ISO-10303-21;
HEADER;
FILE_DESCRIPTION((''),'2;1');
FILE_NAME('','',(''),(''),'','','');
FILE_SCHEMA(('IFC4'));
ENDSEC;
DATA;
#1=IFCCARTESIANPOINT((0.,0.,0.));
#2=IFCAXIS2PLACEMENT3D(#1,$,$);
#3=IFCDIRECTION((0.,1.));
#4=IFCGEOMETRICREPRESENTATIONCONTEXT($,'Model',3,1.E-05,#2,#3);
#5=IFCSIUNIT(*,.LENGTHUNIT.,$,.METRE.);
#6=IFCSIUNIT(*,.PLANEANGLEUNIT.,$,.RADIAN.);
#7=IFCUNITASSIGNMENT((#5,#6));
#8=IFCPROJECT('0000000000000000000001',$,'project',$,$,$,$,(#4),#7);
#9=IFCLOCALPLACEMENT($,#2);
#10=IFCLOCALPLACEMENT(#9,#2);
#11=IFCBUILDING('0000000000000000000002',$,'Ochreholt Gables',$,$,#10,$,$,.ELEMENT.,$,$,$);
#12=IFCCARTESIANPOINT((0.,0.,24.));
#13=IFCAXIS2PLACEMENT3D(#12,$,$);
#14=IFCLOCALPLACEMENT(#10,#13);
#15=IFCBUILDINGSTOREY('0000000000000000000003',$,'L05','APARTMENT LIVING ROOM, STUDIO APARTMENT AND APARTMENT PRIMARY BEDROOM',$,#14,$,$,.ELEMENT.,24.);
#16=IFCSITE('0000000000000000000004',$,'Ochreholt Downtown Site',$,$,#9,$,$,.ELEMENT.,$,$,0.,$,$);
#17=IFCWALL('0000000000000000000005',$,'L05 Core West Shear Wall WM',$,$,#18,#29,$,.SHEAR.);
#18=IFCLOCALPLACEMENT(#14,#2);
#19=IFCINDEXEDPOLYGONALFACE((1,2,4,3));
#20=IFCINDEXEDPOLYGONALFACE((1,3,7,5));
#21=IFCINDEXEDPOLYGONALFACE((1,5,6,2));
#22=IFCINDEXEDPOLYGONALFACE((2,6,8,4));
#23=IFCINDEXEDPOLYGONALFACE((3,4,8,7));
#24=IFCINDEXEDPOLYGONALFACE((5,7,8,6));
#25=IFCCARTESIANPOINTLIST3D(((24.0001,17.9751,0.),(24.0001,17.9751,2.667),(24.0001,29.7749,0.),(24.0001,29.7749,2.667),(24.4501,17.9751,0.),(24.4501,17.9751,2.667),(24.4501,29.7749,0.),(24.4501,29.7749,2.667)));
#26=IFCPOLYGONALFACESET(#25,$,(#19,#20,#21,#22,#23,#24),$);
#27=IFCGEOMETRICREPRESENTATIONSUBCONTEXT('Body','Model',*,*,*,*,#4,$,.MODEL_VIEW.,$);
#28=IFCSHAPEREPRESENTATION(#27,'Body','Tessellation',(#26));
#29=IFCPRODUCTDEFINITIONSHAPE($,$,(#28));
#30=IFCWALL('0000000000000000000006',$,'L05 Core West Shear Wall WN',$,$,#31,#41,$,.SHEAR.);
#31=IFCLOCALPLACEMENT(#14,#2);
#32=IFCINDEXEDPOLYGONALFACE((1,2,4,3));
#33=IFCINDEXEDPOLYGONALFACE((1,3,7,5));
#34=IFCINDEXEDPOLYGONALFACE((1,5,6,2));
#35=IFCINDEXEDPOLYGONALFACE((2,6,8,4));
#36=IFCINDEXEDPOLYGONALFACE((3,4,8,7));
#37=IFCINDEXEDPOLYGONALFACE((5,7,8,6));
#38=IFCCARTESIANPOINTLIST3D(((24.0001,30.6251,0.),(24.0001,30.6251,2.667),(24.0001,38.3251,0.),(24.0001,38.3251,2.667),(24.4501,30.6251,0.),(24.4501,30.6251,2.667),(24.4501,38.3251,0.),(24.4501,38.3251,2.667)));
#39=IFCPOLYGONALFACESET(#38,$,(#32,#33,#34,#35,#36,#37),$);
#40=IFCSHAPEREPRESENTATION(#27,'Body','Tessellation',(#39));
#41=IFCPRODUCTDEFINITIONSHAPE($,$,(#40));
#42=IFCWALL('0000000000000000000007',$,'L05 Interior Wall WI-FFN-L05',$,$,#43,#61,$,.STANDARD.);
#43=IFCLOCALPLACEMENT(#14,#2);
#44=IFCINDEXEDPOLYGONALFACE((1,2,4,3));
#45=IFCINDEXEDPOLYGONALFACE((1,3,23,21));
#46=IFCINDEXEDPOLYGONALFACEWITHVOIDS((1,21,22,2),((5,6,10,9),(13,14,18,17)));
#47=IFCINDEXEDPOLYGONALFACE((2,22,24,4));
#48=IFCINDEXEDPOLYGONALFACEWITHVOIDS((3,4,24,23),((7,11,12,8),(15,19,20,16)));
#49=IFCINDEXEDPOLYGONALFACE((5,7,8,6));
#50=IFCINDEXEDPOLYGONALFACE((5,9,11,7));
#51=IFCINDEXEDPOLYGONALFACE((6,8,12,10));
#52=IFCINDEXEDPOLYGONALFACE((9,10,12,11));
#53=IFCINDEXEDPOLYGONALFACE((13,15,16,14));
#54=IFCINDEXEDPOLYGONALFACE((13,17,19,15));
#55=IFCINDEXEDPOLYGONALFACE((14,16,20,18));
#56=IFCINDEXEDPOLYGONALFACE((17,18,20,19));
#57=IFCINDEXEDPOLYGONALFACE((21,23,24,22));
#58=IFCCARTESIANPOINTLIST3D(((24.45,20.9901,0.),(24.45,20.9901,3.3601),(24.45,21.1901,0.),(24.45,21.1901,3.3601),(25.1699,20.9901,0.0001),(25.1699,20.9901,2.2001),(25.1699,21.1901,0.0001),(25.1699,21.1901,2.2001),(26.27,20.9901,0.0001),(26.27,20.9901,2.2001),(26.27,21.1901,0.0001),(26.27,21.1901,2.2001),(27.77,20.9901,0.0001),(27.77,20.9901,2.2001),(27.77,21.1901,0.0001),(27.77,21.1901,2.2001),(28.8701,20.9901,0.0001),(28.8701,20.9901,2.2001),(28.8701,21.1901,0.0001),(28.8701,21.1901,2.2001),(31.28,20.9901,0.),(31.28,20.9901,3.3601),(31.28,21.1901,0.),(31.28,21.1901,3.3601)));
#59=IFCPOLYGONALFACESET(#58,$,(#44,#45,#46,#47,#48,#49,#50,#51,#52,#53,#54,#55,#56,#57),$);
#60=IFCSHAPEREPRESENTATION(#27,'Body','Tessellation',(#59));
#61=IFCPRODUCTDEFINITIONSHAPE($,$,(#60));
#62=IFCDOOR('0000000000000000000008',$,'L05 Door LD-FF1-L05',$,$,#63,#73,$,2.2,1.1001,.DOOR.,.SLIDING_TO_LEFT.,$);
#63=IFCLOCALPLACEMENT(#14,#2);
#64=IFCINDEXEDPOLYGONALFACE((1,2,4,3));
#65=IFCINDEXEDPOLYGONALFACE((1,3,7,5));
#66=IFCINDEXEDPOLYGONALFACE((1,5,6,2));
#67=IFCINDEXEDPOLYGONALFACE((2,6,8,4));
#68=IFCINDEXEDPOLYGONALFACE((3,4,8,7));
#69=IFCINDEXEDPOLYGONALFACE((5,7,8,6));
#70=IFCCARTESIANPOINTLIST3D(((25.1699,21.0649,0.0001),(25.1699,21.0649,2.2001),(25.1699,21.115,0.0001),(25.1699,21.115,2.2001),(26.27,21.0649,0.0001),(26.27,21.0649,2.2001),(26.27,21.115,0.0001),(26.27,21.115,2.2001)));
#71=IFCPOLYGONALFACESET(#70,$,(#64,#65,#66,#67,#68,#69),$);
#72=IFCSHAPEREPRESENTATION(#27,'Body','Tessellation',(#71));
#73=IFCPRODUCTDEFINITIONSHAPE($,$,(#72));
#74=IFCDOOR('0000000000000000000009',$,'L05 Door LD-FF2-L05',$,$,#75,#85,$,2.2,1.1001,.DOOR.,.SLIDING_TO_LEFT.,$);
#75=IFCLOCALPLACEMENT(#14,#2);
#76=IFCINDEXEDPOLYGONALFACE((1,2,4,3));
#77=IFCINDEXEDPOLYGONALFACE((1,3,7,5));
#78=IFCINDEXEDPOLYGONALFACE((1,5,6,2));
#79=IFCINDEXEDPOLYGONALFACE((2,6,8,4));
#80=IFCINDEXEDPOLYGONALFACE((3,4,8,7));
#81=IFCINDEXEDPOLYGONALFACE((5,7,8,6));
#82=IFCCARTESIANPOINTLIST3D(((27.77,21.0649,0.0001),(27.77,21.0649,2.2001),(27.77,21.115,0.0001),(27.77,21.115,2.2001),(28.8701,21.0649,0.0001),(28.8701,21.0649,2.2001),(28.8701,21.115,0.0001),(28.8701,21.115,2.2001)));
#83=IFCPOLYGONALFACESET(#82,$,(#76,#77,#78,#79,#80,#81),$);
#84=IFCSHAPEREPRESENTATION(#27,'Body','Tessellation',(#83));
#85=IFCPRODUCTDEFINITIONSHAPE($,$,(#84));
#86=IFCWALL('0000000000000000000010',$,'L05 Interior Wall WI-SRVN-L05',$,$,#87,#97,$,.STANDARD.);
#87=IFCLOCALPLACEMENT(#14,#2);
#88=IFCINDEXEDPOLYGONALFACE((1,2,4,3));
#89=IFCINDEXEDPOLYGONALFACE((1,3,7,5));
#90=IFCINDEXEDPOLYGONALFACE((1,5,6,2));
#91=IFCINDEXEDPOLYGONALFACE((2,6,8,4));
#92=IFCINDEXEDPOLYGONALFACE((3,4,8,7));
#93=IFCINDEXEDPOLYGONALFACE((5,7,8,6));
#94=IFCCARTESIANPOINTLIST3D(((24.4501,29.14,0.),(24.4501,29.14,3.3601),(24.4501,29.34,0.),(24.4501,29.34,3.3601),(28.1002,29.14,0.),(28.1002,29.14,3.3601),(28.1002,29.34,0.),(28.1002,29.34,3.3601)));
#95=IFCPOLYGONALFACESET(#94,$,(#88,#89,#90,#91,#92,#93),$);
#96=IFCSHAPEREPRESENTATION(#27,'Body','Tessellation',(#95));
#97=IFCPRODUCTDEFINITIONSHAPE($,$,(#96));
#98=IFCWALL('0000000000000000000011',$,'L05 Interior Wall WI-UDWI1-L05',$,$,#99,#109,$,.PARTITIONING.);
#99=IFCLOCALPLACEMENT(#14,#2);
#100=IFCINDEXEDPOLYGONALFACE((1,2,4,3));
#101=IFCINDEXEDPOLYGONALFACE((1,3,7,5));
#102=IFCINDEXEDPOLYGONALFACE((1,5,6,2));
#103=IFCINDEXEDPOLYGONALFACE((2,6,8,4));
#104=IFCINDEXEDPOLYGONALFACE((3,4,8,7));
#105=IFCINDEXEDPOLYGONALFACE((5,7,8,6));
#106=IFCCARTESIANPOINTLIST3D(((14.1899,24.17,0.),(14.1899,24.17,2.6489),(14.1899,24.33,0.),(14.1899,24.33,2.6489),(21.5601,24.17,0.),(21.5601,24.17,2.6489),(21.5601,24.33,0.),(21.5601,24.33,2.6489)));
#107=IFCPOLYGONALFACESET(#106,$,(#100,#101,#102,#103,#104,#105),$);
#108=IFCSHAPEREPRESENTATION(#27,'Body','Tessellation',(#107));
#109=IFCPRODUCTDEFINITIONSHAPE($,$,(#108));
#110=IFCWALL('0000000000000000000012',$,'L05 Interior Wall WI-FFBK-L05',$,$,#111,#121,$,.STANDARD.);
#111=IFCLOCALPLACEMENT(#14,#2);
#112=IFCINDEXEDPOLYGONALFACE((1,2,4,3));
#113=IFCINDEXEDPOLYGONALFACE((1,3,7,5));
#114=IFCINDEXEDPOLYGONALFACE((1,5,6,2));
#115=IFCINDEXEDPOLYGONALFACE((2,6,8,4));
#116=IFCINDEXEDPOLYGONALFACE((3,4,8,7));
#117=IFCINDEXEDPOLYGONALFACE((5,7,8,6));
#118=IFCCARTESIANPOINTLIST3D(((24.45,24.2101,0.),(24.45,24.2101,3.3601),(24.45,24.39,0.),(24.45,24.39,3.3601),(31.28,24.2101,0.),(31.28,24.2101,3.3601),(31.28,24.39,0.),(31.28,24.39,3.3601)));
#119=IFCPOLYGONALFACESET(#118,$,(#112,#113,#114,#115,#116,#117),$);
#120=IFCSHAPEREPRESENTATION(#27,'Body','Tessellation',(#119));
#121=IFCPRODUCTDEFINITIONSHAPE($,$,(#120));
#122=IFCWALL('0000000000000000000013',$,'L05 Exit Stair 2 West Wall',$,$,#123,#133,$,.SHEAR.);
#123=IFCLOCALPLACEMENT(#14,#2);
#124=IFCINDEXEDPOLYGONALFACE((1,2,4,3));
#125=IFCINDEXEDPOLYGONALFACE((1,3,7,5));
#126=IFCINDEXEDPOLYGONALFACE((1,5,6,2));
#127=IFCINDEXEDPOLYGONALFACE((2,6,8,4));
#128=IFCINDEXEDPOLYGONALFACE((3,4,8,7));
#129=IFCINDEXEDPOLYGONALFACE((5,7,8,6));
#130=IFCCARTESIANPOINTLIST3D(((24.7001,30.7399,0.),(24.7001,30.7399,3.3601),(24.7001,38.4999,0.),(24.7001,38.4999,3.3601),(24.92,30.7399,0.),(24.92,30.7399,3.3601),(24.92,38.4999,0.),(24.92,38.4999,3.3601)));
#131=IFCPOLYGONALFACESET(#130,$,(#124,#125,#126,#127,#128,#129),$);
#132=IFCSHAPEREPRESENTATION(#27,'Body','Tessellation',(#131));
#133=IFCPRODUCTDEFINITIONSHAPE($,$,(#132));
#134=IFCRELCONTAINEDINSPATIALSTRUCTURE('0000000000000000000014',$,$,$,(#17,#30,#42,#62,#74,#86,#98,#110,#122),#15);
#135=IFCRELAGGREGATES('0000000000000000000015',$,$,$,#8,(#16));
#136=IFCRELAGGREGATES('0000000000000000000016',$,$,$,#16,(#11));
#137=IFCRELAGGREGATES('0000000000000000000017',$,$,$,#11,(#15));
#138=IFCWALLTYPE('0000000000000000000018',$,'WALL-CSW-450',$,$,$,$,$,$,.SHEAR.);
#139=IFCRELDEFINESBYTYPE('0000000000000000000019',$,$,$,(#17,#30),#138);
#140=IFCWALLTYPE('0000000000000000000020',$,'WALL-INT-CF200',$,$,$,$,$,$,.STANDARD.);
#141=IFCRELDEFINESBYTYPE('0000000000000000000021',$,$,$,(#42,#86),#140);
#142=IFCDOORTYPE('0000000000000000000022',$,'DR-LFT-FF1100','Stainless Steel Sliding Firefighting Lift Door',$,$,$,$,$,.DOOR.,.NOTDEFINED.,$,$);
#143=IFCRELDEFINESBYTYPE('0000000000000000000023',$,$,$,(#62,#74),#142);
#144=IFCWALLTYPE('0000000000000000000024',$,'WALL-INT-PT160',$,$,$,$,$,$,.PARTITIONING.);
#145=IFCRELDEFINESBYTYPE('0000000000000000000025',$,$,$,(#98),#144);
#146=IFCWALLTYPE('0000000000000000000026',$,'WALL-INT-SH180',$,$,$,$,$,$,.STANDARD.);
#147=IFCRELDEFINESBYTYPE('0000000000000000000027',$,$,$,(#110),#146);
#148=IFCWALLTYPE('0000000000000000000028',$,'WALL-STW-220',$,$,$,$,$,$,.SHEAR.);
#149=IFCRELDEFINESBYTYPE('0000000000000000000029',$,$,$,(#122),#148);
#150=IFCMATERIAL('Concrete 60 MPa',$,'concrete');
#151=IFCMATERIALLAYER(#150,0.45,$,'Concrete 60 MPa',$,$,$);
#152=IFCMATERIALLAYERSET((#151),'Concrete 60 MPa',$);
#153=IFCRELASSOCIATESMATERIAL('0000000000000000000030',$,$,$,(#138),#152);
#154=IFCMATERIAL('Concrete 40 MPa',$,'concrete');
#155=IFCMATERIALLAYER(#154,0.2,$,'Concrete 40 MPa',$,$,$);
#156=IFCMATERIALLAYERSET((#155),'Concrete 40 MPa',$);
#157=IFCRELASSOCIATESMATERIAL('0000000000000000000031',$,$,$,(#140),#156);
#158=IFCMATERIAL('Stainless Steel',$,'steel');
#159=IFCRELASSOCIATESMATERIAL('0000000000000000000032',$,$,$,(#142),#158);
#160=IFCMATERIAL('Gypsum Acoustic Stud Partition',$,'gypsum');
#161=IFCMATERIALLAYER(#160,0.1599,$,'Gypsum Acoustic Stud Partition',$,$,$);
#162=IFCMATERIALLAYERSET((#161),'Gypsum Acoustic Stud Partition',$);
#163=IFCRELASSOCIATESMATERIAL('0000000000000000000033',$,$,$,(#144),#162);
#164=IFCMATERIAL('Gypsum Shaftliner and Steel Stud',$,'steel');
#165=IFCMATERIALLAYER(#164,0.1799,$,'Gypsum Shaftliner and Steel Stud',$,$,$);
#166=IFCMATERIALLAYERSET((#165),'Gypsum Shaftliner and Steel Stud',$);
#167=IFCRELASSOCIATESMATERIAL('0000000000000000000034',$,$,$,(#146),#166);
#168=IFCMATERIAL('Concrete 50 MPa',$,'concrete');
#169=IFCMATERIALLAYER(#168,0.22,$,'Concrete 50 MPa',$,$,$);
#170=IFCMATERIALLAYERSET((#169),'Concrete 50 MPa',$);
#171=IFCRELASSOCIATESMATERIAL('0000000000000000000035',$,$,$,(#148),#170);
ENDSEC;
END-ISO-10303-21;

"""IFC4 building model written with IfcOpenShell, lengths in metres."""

from ifc_helpers import new_model, si_unit, direction, frame, frame_2d, origin, place, context, subcontext, project, spatial, rectangle, extrude, material, layer, layer_set, type_object, element, fill, save


model = new_model("IFC4")

# Units and contexts
model_context = context("Model", 3, precision=1e-05, world=origin(), true_north=direction((0.0, 1.0)))
body_context = subcontext(model_context, "Body", "Model", "MODEL_VIEW")
ifc_project = project(units=[si_unit("LENGTHUNIT", "METRE"), si_unit("PLANEANGLEUNIT", "RADIAN")], contexts=[model_context])

# Site, building, storey
site_placement = place(None, origin())
site = spatial("IfcSite", under=ifc_project, at=site_placement, Name="Ochreholt Downtown Site", CompositionType="ELEMENT", RefElevation=0.0)
building_placement = place(site_placement, origin())
building = spatial("IfcBuilding", under=site, at=building_placement, Name="Ochreholt Gables", CompositionType="ELEMENT")
storey_placement = place(building_placement, frame((0.0, 0.0, 24.0)))
storey = spatial("IfcBuildingStorey", under=building, at=storey_placement, Name="L05", Description="APARTMENT LIVING ROOM, STUDIO APARTMENT AND APARTMENT PRIMARY BEDROOM", CompositionType="ELEMENT", Elevation=24.0)

# Shared definitions
ifc_material_1 = material(Name="Concrete 60 MPa", Category="concrete")

# Walls
ifc_layer_1 = layer(ifc_material_1, 0.45, Name="Concrete 60 MPa")
ifc_layer_set_1 = layer_set([ifc_layer_1], Name="Concrete 60 MPa")
wall_type_1 = type_object("IfcWallType", Name="WALL-CSW-450", PredefinedType="SHEAR", material=ifc_layer_set_1)
wall_1_placement = place(storey_placement, frame((24.2251, 17.9751, 0.0), z_axis=(0.0, 0.0, 1.0), x_axis=(0.0, 1.0, 0.0)))
element("IfcWall", 1, at=wall_1_placement, inside=storey, type_object=wall_type_1, Name="L05 Core West Shear Wall WM", PredefinedType="SHEAR", context=body_context, shape_type="SweptSolid", body=[
    extrude(rectangle(XDim=11.7998, YDim=0.45, at=frame_2d((5.8999, 0.0))), origin(), (0.0, 0.0, 1.0), 2.667),
])
wall_2_placement = place(storey_placement, frame((24.2251, 30.625, 0.0), z_axis=(0.0, 0.0, 1.0), x_axis=(0.0, 1.0, 0.0)))
element("IfcWall", 2, at=wall_2_placement, inside=storey, type_object=wall_type_1, Name="L05 Core West Shear Wall WN", PredefinedType="SHEAR", context=body_context, shape_type="SweptSolid", body=[
    extrude(rectangle(XDim=7.7, YDim=0.45, at=frame_2d((3.8501, 0.0))), origin(), (0.0, 0.0, 1.0), 2.667),
])

# Wall, openings, doors
ifc_material_2 = material(Name="Concrete 40 MPa", Category="concrete")
ifc_layer_2 = layer(ifc_material_2, 0.2, Name="Concrete 40 MPa")
ifc_layer_set_2 = layer_set([ifc_layer_2], Name="Concrete 40 MPa")
wall_type_2 = type_object("IfcWallType", Name="WALL-INT-CF200", PredefinedType="STANDARD", material=ifc_layer_set_2)
wall_3_placement = place(storey_placement, frame((24.45, 21.0901, 0.0), z_axis=(0.0, 0.0, 1.0), x_axis=(1.0, 0.0, 0.0)))
wall_3 = element("IfcWall", 3, at=wall_3_placement, inside=storey, type_object=wall_type_2, Name="L05 Interior Wall WI-FFN-L05", PredefinedType="STANDARD", context=body_context, shape_type="SweptSolid", body=[
    extrude(rectangle(XDim=6.8301, YDim=0.2, at=frame_2d((3.415, 0.0))), origin(), (0.0, 0.0, 1.0), 3.3601),
])
opening_1_placement = place(wall_3_placement, frame((0.72, 0.0, 0.0)))
opening_1 = element("IfcOpeningElement", 4, at=opening_1_placement, cuts=wall_3, PredefinedType="OPENING", context=body_context, shape_type="SweptSolid", body=[
    extrude(rectangle(XDim=1.1001, YDim=2.2, at=frame_2d((0.55, 1.1001))), frame((0.0, 0.1099, 0.0), z_axis=(0.0, -1.0, 0.0), x_axis=(1.0, 0.0, 0.0)), (0.0, 0.0, 1.0), 0.22),
])
opening_2_placement = place(wall_3_placement, frame((3.3201, 0.0, 0.0)))
opening_2 = element("IfcOpeningElement", 5, at=opening_2_placement, cuts=wall_3, PredefinedType="OPENING", context=body_context, shape_type="SweptSolid", body=[
    extrude(rectangle(XDim=1.1001, YDim=2.2, at=frame_2d((0.55, 1.1001))), frame((0.0, 0.1099, 0.0), z_axis=(0.0, -1.0, 0.0), x_axis=(1.0, 0.0, 0.0)), (0.0, 0.0, 1.0), 0.22),
])
ifc_material_3 = material(Name="Stainless Steel", Category="steel")
door_type = type_object("IfcDoorType", Name="DR-LFT-FF1100", Description="Stainless Steel Sliding Firefighting Lift Door", OperationType="NOTDEFINED", PredefinedType="DOOR", material=ifc_material_3)
door_1_placement = place(opening_1_placement, origin())
door_1 = element("IfcDoor", 6, at=door_1_placement, inside=storey, type_object=door_type, Name="L05 Door LD-FF1-L05", OperationType="SLIDING_TO_LEFT", OverallHeight=2.2, OverallWidth=1.1001, PredefinedType="DOOR", context=body_context, shape_type="SweptSolid", body=[
    extrude(rectangle(XDim=1.1001, YDim=2.2, at=frame_2d((0.55, 1.1001))), frame((0.0, 0.0249, 0.0), z_axis=(0.0, -1.0, 0.0), x_axis=(1.0, 0.0, 0.0)), (0.0, 0.0, 1.0), 0.05),
])
fill(opening_1, door_1)
door_2_placement = place(opening_2_placement, origin())
door_2 = element("IfcDoor", 7, at=door_2_placement, inside=storey, type_object=door_type, Name="L05 Door LD-FF2-L05", OperationType="SLIDING_TO_LEFT", OverallHeight=2.2, OverallWidth=1.1001, PredefinedType="DOOR", context=body_context, shape_type="SweptSolid", body=[
    extrude(rectangle(XDim=1.1001, YDim=2.2, at=frame_2d((0.55, 1.1001))), frame((0.0, 0.0249, 0.0), z_axis=(0.0, -1.0, 0.0), x_axis=(1.0, 0.0, 0.0)), (0.0, 0.0, 1.0), 0.05),
])
fill(opening_2, door_2)

# Walls
wall_4_placement = place(storey_placement, frame((24.45, 29.24, 0.0), z_axis=(0.0, 0.0, 1.0), x_axis=(1.0, 0.0, 0.0)))
element("IfcWall", 8, at=wall_4_placement, inside=storey, type_object=wall_type_2, Name="L05 Interior Wall WI-SRVN-L05", PredefinedType="STANDARD", context=body_context, shape_type="SweptSolid", body=[
    extrude(rectangle(XDim=3.6501, YDim=0.2, at=frame_2d((1.8252, 0.0))), origin(), (0.0, 0.0, 1.0), 3.3601),
])
ifc_material_4 = material(Name="Gypsum Acoustic Stud Partition", Category="gypsum")
ifc_layer_3 = layer(ifc_material_4, 0.1599, Name="Gypsum Acoustic Stud Partition")
ifc_layer_set_3 = layer_set([ifc_layer_3], Name="Gypsum Acoustic Stud Partition")
wall_type_3 = type_object("IfcWallType", Name="WALL-INT-PT160", PredefinedType="PARTITIONING", material=ifc_layer_set_3)
wall_5_placement = place(storey_placement, frame((14.1899, 24.25, 0.0), z_axis=(0.0, 0.0, 1.0), x_axis=(1.0, 0.0, 0.0)))
element("IfcWall", 9, at=wall_5_placement, inside=storey, type_object=wall_type_3, Name="L05 Interior Wall WI-UDWI1-L05", PredefinedType="PARTITIONING", context=body_context, shape_type="SweptSolid", body=[
    extrude(rectangle(XDim=7.3701, YDim=0.1599, at=frame_2d((3.6851, 0.0))), origin(), (0.0, 0.0, 1.0), 2.6489),
])
ifc_material_5 = material(Name="Gypsum Shaftliner and Steel Stud", Category="steel")
ifc_layer_4 = layer(ifc_material_5, 0.1799, Name="Gypsum Shaftliner and Steel Stud")
ifc_layer_set_4 = layer_set([ifc_layer_4], Name="Gypsum Shaftliner and Steel Stud")
wall_type_4 = type_object("IfcWallType", Name="WALL-INT-SH180", PredefinedType="STANDARD", material=ifc_layer_set_4)
wall_6_placement = place(storey_placement, frame((24.45, 24.3, 0.0), z_axis=(0.0, 0.0, 1.0), x_axis=(1.0, 0.0, 0.0)))
element("IfcWall", 10, at=wall_6_placement, inside=storey, type_object=wall_type_4, Name="L05 Interior Wall WI-FFBK-L05", PredefinedType="STANDARD", context=body_context, shape_type="SweptSolid", body=[
    extrude(rectangle(XDim=6.8301, YDim=0.1799, at=frame_2d((3.415, 0.0))), origin(), (0.0, 0.0, 1.0), 3.3601),
])
ifc_material_6 = material(Name="Concrete 50 MPa", Category="concrete")
ifc_layer_5 = layer(ifc_material_6, 0.22, Name="Concrete 50 MPa")
ifc_layer_set_5 = layer_set([ifc_layer_5], Name="Concrete 50 MPa")
wall_type_5 = type_object("IfcWallType", Name="WALL-STW-220", PredefinedType="SHEAR", material=ifc_layer_set_5)
wall_7_placement = place(storey_placement, frame((24.8101, 30.74, 0.0), z_axis=(0.0, 0.0, 1.0), x_axis=(0.0, 1.0, 0.0)))
element("IfcWall", 11, at=wall_7_placement, inside=storey, type_object=wall_type_5, Name="L05 Exit Stair 2 West Wall", PredefinedType="SHEAR", context=body_context, shape_type="SweptSolid", body=[
    extrude(rectangle(XDim=7.76, YDim=0.22, at=frame_2d((3.8799, 0.0))), origin(), (0.0, 0.0, 1.0), 3.3601),
])

save(model, "model.ifc")
